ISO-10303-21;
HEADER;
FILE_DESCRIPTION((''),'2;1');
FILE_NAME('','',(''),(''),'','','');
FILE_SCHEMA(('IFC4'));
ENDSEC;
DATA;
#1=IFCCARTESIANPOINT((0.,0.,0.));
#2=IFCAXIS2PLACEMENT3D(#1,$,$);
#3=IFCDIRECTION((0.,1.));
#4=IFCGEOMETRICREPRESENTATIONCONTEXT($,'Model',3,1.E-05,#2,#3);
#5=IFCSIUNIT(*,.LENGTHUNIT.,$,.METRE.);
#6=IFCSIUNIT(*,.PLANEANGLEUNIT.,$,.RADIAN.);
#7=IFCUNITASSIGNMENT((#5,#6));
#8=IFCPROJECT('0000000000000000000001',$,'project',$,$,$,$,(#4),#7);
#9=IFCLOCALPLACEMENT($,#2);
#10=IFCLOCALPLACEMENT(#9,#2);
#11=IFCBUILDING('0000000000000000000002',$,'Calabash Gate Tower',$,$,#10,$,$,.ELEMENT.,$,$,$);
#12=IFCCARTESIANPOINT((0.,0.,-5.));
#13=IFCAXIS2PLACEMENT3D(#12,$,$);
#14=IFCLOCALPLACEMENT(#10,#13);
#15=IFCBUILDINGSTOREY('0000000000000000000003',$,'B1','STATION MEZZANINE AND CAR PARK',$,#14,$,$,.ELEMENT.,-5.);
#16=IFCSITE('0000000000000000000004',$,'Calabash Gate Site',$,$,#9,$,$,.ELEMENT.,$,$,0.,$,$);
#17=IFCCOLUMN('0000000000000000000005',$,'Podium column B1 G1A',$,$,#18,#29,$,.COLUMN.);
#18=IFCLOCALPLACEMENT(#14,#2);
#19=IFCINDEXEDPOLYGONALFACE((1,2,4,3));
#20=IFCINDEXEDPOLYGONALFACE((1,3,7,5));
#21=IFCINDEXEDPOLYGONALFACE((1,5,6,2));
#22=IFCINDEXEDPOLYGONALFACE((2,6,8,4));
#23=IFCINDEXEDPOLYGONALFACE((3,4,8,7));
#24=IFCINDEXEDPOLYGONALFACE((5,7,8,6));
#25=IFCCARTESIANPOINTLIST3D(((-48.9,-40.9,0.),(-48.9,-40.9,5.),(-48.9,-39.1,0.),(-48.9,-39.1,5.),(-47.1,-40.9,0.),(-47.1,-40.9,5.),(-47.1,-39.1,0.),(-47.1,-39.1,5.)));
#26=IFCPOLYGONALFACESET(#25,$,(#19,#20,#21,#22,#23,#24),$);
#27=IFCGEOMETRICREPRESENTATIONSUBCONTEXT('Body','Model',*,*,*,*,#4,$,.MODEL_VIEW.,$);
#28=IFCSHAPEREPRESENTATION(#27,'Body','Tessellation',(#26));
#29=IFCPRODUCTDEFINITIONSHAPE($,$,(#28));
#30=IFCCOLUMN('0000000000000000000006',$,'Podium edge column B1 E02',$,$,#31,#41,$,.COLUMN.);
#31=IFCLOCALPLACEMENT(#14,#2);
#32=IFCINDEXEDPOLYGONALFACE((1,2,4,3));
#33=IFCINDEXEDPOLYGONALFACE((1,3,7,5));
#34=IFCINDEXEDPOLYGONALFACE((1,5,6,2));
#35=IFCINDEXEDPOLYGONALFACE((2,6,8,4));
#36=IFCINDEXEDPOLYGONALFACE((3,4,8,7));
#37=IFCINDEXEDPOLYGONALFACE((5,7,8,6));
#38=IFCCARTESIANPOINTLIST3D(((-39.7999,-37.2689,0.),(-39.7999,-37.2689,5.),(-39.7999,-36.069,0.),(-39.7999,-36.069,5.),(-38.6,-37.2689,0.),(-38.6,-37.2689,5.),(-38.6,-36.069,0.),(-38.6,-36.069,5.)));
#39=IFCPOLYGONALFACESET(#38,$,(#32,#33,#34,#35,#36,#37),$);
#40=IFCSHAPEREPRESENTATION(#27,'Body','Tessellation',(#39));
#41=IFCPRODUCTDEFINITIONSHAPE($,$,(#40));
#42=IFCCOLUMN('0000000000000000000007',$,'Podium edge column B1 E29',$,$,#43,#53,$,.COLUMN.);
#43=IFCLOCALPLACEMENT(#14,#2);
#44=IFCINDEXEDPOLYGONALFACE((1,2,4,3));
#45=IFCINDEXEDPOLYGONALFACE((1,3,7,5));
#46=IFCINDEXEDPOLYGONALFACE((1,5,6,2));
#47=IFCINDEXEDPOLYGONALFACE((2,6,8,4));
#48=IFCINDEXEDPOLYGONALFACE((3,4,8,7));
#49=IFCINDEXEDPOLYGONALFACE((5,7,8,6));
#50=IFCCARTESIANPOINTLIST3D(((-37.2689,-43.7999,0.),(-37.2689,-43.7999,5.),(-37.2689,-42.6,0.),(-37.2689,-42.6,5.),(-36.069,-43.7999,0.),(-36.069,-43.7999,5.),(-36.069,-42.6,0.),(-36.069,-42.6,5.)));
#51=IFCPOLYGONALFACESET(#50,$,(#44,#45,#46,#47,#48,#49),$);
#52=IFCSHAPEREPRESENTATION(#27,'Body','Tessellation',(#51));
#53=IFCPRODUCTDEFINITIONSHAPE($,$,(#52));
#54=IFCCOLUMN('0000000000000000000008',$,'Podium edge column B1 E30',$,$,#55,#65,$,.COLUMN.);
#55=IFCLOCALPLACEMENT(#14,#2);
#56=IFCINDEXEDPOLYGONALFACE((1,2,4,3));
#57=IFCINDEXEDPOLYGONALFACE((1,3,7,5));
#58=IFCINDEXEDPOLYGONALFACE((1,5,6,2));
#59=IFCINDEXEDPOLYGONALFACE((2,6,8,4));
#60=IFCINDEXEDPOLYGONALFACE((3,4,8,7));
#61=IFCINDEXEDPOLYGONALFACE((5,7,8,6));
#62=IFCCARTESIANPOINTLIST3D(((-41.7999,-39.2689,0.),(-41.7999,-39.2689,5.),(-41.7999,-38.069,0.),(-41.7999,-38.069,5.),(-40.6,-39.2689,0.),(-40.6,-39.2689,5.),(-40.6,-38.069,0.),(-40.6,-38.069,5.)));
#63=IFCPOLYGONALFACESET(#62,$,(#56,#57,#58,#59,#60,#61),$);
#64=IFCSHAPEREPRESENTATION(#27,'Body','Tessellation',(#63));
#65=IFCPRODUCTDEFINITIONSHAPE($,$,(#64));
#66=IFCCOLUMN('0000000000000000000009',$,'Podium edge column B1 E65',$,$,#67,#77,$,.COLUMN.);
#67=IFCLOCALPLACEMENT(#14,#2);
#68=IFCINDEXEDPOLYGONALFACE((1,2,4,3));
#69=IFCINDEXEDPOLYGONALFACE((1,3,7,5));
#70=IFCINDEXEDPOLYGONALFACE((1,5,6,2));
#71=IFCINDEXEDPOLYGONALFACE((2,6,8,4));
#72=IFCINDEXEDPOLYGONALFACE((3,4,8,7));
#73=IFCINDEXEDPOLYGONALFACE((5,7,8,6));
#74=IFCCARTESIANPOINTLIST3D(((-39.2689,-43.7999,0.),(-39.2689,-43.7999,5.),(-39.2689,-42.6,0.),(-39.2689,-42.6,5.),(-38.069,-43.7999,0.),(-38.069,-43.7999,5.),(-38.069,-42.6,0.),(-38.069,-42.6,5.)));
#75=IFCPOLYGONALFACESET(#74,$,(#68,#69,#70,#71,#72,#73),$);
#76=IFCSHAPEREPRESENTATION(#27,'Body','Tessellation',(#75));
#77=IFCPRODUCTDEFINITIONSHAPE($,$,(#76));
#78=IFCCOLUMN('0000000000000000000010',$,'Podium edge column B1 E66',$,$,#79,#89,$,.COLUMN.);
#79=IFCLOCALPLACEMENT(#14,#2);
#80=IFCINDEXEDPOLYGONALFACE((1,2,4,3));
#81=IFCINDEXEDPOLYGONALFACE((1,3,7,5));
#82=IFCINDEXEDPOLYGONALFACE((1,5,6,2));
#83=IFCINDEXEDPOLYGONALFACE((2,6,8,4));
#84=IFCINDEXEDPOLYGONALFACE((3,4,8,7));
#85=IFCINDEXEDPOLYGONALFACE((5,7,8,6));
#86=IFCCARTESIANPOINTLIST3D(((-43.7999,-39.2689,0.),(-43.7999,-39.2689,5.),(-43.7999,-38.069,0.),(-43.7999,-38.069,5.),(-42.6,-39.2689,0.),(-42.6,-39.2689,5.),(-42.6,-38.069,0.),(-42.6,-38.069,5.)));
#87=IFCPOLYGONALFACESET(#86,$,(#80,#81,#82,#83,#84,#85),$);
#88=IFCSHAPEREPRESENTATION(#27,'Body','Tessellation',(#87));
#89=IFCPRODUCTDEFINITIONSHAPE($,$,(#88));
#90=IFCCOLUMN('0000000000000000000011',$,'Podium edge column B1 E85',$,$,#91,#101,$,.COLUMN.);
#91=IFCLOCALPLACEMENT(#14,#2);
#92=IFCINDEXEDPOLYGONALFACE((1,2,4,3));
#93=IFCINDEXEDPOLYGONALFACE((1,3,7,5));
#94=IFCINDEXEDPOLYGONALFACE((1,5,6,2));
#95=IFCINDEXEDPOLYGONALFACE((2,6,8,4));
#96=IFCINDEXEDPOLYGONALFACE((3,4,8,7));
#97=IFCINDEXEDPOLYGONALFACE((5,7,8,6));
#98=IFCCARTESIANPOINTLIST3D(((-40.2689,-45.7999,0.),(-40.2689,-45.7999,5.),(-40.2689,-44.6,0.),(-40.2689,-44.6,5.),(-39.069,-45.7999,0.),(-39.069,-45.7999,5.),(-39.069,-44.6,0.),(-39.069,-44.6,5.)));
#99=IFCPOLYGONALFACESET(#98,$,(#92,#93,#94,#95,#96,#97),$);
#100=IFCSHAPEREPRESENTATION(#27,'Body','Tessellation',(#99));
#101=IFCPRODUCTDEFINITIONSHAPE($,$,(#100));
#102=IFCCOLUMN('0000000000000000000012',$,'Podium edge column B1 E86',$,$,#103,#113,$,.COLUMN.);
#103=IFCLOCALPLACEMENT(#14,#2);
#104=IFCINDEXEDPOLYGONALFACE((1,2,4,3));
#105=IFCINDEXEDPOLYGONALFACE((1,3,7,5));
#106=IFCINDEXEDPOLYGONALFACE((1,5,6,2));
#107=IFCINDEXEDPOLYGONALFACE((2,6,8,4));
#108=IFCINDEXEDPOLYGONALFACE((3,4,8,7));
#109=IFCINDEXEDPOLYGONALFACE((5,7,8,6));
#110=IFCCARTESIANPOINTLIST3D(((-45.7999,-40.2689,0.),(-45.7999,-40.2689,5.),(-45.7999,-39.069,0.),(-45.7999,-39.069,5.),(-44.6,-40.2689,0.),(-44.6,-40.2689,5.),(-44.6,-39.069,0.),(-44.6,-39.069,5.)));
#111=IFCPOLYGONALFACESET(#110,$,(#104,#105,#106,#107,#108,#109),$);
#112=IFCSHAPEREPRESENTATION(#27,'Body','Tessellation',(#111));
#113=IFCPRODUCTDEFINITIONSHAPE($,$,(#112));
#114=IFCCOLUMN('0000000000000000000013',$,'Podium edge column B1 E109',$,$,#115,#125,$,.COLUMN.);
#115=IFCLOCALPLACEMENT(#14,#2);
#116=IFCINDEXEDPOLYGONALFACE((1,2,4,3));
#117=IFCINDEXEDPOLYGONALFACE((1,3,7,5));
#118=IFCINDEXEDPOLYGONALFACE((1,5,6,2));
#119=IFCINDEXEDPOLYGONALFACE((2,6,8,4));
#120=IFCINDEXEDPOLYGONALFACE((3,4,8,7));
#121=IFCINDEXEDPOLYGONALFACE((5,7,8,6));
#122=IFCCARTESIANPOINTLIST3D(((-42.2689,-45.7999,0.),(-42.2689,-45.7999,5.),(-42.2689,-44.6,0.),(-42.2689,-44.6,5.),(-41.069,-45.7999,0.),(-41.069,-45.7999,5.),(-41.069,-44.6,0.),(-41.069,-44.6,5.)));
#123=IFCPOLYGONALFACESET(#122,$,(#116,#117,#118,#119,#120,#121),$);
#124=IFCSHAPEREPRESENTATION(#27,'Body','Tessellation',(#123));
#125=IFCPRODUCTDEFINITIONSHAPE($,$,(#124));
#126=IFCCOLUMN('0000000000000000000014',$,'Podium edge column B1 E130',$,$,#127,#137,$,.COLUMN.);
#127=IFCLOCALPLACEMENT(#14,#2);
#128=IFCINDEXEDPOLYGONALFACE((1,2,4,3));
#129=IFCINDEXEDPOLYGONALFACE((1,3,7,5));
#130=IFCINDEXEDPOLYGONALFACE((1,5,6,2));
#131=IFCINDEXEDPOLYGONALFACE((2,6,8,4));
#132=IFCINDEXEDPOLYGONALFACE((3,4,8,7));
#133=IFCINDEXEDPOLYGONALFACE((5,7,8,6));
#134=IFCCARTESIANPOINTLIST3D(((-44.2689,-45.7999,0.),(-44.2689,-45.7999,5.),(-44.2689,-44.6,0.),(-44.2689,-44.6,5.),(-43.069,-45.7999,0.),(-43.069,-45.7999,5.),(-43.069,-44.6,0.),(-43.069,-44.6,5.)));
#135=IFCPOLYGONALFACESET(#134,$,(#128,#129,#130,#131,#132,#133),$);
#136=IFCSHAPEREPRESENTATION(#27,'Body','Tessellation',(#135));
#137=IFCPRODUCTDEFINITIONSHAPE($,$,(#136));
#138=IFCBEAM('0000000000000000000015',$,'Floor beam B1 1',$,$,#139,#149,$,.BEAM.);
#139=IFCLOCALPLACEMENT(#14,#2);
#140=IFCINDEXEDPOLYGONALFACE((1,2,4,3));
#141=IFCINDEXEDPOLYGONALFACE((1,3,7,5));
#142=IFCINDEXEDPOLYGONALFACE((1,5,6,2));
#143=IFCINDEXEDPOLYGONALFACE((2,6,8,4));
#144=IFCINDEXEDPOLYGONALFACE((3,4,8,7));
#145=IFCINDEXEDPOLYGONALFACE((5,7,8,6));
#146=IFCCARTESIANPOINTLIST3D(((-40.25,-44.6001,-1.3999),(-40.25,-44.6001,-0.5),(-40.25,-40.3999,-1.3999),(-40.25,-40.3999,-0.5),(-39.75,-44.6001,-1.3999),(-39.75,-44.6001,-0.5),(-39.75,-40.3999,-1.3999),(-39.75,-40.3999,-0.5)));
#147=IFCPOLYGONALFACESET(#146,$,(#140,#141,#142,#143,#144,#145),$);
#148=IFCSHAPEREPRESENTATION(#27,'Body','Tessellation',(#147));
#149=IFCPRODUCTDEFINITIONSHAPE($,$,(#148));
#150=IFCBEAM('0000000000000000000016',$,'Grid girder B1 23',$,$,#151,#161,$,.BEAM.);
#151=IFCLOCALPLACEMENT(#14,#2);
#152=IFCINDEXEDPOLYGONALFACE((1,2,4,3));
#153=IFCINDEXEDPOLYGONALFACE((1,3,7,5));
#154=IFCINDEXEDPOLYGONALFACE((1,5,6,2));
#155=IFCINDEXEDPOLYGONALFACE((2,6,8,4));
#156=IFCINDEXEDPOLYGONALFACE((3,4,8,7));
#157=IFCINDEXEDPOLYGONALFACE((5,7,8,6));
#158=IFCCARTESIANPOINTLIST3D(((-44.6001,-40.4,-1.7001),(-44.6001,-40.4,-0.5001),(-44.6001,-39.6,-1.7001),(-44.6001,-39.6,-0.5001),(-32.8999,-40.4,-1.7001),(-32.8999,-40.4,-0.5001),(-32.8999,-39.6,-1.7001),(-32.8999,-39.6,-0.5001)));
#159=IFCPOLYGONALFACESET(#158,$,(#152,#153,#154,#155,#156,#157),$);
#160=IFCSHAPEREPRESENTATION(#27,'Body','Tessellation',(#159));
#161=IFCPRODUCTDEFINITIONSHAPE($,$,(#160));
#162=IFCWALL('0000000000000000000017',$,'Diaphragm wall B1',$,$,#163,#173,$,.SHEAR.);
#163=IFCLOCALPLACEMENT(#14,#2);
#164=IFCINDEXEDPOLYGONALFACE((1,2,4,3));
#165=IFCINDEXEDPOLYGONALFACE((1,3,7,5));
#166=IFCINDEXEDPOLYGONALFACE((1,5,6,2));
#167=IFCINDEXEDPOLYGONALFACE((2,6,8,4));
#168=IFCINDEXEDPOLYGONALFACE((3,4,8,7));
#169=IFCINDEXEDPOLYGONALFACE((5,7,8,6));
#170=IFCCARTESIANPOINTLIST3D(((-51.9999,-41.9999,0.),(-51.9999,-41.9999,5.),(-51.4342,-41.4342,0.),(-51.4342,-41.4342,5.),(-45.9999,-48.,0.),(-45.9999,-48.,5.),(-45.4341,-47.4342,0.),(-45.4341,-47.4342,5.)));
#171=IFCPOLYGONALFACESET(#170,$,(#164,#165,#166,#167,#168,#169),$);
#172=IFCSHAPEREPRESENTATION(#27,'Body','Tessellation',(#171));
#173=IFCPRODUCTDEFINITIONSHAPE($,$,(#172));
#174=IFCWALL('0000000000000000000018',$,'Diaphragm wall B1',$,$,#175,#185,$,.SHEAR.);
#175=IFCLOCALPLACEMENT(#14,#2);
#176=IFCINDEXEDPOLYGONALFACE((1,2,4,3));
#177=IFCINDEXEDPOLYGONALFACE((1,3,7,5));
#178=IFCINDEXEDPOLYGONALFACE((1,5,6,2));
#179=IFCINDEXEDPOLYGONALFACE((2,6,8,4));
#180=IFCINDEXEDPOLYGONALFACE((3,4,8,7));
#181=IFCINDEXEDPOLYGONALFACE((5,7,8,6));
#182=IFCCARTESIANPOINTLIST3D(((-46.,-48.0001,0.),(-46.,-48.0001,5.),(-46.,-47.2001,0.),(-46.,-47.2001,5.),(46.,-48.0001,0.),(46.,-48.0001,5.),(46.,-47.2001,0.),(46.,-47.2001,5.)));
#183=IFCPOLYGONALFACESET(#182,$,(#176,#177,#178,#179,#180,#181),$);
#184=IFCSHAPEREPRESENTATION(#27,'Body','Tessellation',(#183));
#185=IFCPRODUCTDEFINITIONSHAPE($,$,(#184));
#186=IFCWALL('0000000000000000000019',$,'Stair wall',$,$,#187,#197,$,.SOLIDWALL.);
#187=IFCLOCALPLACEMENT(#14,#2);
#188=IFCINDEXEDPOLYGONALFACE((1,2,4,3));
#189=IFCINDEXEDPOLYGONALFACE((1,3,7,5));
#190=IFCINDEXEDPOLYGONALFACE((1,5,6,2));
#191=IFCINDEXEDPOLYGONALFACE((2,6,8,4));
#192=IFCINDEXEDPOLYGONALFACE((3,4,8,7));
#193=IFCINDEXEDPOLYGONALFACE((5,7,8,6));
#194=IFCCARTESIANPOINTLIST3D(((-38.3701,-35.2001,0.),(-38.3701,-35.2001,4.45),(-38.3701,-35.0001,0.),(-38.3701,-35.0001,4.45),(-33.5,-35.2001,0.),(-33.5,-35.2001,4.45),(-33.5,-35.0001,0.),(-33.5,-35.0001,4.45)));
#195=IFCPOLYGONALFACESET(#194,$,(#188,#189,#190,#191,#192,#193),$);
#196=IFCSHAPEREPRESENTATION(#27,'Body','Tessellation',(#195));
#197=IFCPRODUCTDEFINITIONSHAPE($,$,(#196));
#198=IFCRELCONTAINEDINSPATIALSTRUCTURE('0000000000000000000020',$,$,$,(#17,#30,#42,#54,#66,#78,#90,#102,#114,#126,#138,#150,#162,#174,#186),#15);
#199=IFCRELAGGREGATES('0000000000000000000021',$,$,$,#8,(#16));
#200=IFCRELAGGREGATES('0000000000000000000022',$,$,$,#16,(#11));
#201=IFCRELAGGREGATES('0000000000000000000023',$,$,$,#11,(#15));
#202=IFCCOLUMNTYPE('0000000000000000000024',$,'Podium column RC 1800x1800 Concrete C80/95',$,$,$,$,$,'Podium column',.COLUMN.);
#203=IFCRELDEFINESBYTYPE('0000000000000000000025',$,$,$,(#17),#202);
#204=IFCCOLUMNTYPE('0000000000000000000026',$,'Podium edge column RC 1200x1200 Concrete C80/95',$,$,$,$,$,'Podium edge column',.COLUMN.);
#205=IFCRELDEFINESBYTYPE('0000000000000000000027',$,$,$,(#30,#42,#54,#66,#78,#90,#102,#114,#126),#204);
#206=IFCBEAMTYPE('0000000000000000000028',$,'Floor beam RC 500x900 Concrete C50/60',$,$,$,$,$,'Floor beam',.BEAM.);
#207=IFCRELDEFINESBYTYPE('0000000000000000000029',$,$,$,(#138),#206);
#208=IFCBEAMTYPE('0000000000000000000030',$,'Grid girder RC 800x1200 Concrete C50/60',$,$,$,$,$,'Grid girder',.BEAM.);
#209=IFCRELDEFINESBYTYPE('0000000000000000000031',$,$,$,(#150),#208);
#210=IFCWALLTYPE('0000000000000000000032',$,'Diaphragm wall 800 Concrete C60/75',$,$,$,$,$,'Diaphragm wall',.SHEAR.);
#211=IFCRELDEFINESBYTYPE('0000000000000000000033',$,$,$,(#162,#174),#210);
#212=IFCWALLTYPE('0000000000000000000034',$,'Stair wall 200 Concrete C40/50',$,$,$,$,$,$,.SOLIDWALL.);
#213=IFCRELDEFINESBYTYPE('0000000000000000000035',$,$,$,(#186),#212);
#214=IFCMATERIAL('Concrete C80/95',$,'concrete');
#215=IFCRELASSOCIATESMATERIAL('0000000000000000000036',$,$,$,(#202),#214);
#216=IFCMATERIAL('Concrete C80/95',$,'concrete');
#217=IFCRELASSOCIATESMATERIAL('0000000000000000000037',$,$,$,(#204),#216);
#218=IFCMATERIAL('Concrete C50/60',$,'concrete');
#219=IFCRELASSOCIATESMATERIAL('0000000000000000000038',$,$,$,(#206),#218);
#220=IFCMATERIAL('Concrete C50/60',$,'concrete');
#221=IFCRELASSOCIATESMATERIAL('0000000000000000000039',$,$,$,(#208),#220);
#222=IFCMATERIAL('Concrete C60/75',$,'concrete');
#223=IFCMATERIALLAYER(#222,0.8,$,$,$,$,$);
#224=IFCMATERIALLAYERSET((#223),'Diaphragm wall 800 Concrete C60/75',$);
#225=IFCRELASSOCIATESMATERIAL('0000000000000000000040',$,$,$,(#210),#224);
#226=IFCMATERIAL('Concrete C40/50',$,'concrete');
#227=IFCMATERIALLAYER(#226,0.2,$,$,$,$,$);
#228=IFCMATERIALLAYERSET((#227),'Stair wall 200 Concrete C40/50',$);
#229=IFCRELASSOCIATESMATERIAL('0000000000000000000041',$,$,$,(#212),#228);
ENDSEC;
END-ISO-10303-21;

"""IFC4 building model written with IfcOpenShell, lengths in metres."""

from ifc_helpers import new_model, si_unit, direction, frame, frame_2d, origin, origin_2d, place, context, subcontext, project, spatial, rectangle, extrude, material, layer, layer_set, material_profile, profile_set, type_object, element, save


model = new_model("IFC4")

# Units and contexts
model_context = context("Model", 3, precision=1e-05, world=origin(), true_north=direction((0.0, 1.0)))
body_context = subcontext(model_context, "Body", "Model", "MODEL_VIEW")
ifc_project = project(units=[si_unit("LENGTHUNIT", "METRE"), si_unit("PLANEANGLEUNIT", "RADIAN")], contexts=[model_context])

# Site, building, storey
site_placement = place(None, origin())
site = spatial("IfcSite", under=ifc_project, at=site_placement, Name="Calabash Gate Site", CompositionType="ELEMENT", RefElevation=0.0)
building_placement = place(site_placement, origin())
building = spatial("IfcBuilding", under=site, at=building_placement, Name="Calabash Gate Tower", CompositionType="ELEMENT")
storey_placement = place(building_placement, frame((0.0, 0.0, -5.0)))
storey = spatial("IfcBuildingStorey", under=building, at=storey_placement, Name="B1", Description="STATION MEZZANINE AND CAR PARK", CompositionType="ELEMENT", Elevation=-5.0)

# Columns
ifc_material_1 = material(Name="Concrete C80/95", Category="concrete")
ifc_material_profile_1 = material_profile(ifc_material_1, rectangle(XDim=1.8, YDim=1.8, at=origin_2d()))
ifc_profile_set_1 = profile_set([ifc_material_profile_1], Name="Concrete C80/95")
column_type_1 = type_object("IfcColumnType", Name="Podium column RC 1800x1800 Concrete C80/95", ElementType="Podium column", PredefinedType="COLUMN", material=ifc_profile_set_1)
column_placement = place(storey_placement, frame((-48.0, -40.0, 0.0), z_axis=(0.0, 0.0, 1.0), x_axis=(1.0, 0.0, 0.0)))
element("IfcColumn", 1, at=column_placement, inside=storey, type_object=column_type_1, Name="Podium column B1 G1A", PredefinedType="COLUMN", context=body_context, shape_type="SweptSolid", body=[
    extrude(rectangle(XDim=1.8, YDim=1.8, at=origin_2d()), origin(), (0.0, 0.0, 1.0), 5.0),
])
ifc_material_2 = material(Name="Concrete C80/95", Category="concrete")
ifc_material_profile_2 = material_profile(ifc_material_2, rectangle(XDim=1.2, YDim=1.2, at=origin_2d()))
ifc_profile_set_2 = profile_set([ifc_material_profile_2], Name="Concrete C80/95")
column_type_2 = type_object("IfcColumnType", Name="Podium edge column RC 1200x1200 Concrete C80/95", ElementType="Podium edge column", PredefinedType="COLUMN", material=ifc_profile_set_2)
for number, where, z_axis, x_axis, name in (
    (2, (-39.2, -36.6689, 0.0), (0.0, 0.0, 1.0), (1.0, 0.0, 0.0), "Podium edge column B1 E02"),
    (3, (-36.6689, -43.2, 0.0), (0.0, 0.0, 1.0), (1.0, 0.0, 0.0), "Podium edge column B1 E29"),
    (4, (-41.2, -38.6689, 0.0), (0.0, 0.0, 1.0), (1.0, 0.0, 0.0), "Podium edge column B1 E30"),
    (5, (-38.6689, -43.2, 0.0), (0.0, 0.0, 1.0), (1.0, 0.0, 0.0), "Podium edge column B1 E65"),
    (6, (-43.2, -38.6689, 0.0), (0.0, 0.0, 1.0), (1.0, 0.0, 0.0), "Podium edge column B1 E66"),
    (7, (-39.6689, -45.2, 0.0), (0.0, 0.0, 1.0), (1.0, 0.0, 0.0), "Podium edge column B1 E85"),
    (8, (-45.2, -39.6689, 0.0), (0.0, 0.0, 1.0), (1.0, 0.0, 0.0), "Podium edge column B1 E86"),
    (9, (-41.6689, -45.2, 0.0), (0.0, 0.0, 1.0), (1.0, 0.0, 0.0), "Podium edge column B1 E109"),
    (10, (-43.6689, -45.2, 0.0), (0.0, 0.0, 1.0), (1.0, 0.0, 0.0), "Podium edge column B1 E130"),
):
    element("IfcColumn", number, at=place(storey_placement, frame(where, z_axis=z_axis, x_axis=x_axis)), inside=storey, type_object=column_type_2, Name=name, PredefinedType="COLUMN", context=body_context, shape_type="SweptSolid", body=[
        extrude(rectangle(XDim=1.2, YDim=1.2, at=origin_2d()), origin(), (0.0, 0.0, 1.0), 5.0),
    ])

# Beams
ifc_material_3 = material(Name="Concrete C50/60", Category="concrete")
ifc_material_profile_3 = material_profile(ifc_material_3, rectangle(XDim=0.5, YDim=0.8999, at=origin_2d()))
ifc_profile_set_3 = profile_set([ifc_material_profile_3], Name="Concrete C50/60")
beam_type_1 = type_object("IfcBeamType", Name="Floor beam RC 500x900 Concrete C50/60", ElementType="Floor beam", PredefinedType="BEAM", material=ifc_profile_set_3)
beam_1_placement = place(storey_placement, frame((-40.0, -44.6001, -0.95), z_axis=(0.0, 1.0, 0.0), x_axis=(-1.0, 0.0, 0.0)))
element("IfcBeam", 11, at=beam_1_placement, inside=storey, type_object=beam_type_1, Name="Floor beam B1 1", PredefinedType="BEAM", context=body_context, shape_type="SweptSolid", body=[
    extrude(rectangle(XDim=0.5, YDim=0.8999, at=origin_2d()), origin(), (0.0, 0.0, 1.0), 4.2002),
])
ifc_material_4 = material(Name="Concrete C50/60", Category="concrete")
ifc_material_profile_4 = material_profile(ifc_material_4, rectangle(XDim=0.8, YDim=1.2, at=origin_2d()))
ifc_profile_set_4 = profile_set([ifc_material_profile_4], Name="Concrete C50/60")
beam_type_2 = type_object("IfcBeamType", Name="Grid girder RC 800x1200 Concrete C50/60", ElementType="Grid girder", PredefinedType="BEAM", material=ifc_profile_set_4)
beam_2_placement = place(storey_placement, frame((-44.6001, -40.0, -1.1001), z_axis=(1.0, 0.0, 0.0), x_axis=(0.0, 1.0, 0.0)))
element("IfcBeam", 12, at=beam_2_placement, inside=storey, type_object=beam_type_2, Name="Grid girder B1 23", PredefinedType="BEAM", context=body_context, shape_type="SweptSolid", body=[
    extrude(rectangle(XDim=0.8, YDim=1.2, at=origin_2d()), origin(), (0.0, 0.0, 1.0), 11.7002),
])

# Walls
ifc_material_5 = material(Name="Concrete C60/75", Category="concrete")
ifc_layer_1 = layer(ifc_material_5, 0.8)
ifc_layer_set_1 = layer_set([ifc_layer_1], Name="Diaphragm wall 800 Concrete C60/75")
wall_type_1 = type_object("IfcWallType", Name="Diaphragm wall 800 Concrete C60/75", ElementType="Diaphragm wall", PredefinedType="SHEAR", material=ifc_layer_set_1)
wall_1_placement = place(storey_placement, frame((-51.717, -41.717, 0.0), z_axis=(0.0, 0.0, 1.0), x_axis=(0.707107, -0.707107, 0.0)))
element("IfcWall", 13, at=wall_1_placement, inside=storey, type_object=wall_type_1, Name="Diaphragm wall B1", PredefinedType="SHEAR", context=body_context, shape_type="SweptSolid", body=[
    extrude(rectangle(XDim=8.4854, YDim=0.8, at=frame_2d((4.2427, 0.0))), origin(), (0.0, 0.0, 1.0), 5.0),
])
wall_2_placement = place(storey_placement, frame((-46.0, -47.6001, 0.0), z_axis=(0.0, 0.0, 1.0), x_axis=(1.0, 0.0, 0.0)))
element("IfcWall", 14, at=wall_2_placement, inside=storey, type_object=wall_type_1, Name="Diaphragm wall B1", PredefinedType="SHEAR", context=body_context, shape_type="SweptSolid", body=[
    extrude(rectangle(XDim=92.0, YDim=0.8, at=frame_2d((46.0, 0.0))), origin(), (0.0, 0.0, 1.0), 5.0),
])
ifc_material_6 = material(Name="Concrete C40/50", Category="concrete")
ifc_layer_2 = layer(ifc_material_6, 0.2)
ifc_layer_set_2 = layer_set([ifc_layer_2], Name="Stair wall 200 Concrete C40/50")
wall_type_2 = type_object("IfcWallType", Name="Stair wall 200 Concrete C40/50", PredefinedType="SOLIDWALL", material=ifc_layer_set_2)
wall_3_placement = place(storey_placement, frame((-38.3701, -35.1001, 0.0), z_axis=(0.0, 0.0, 1.0), x_axis=(1.0, 0.0, 0.0)))
element("IfcWall", 15, at=wall_3_placement, inside=storey, type_object=wall_type_2, Name="Stair wall", PredefinedType="SOLIDWALL", context=body_context, shape_type="SweptSolid", body=[
    extrude(rectangle(XDim=4.8701, YDim=0.2, at=frame_2d((2.4351, 0.0))), origin(), (0.0, 0.0, 1.0), 4.45),
])

save(model, "model.ifc")
